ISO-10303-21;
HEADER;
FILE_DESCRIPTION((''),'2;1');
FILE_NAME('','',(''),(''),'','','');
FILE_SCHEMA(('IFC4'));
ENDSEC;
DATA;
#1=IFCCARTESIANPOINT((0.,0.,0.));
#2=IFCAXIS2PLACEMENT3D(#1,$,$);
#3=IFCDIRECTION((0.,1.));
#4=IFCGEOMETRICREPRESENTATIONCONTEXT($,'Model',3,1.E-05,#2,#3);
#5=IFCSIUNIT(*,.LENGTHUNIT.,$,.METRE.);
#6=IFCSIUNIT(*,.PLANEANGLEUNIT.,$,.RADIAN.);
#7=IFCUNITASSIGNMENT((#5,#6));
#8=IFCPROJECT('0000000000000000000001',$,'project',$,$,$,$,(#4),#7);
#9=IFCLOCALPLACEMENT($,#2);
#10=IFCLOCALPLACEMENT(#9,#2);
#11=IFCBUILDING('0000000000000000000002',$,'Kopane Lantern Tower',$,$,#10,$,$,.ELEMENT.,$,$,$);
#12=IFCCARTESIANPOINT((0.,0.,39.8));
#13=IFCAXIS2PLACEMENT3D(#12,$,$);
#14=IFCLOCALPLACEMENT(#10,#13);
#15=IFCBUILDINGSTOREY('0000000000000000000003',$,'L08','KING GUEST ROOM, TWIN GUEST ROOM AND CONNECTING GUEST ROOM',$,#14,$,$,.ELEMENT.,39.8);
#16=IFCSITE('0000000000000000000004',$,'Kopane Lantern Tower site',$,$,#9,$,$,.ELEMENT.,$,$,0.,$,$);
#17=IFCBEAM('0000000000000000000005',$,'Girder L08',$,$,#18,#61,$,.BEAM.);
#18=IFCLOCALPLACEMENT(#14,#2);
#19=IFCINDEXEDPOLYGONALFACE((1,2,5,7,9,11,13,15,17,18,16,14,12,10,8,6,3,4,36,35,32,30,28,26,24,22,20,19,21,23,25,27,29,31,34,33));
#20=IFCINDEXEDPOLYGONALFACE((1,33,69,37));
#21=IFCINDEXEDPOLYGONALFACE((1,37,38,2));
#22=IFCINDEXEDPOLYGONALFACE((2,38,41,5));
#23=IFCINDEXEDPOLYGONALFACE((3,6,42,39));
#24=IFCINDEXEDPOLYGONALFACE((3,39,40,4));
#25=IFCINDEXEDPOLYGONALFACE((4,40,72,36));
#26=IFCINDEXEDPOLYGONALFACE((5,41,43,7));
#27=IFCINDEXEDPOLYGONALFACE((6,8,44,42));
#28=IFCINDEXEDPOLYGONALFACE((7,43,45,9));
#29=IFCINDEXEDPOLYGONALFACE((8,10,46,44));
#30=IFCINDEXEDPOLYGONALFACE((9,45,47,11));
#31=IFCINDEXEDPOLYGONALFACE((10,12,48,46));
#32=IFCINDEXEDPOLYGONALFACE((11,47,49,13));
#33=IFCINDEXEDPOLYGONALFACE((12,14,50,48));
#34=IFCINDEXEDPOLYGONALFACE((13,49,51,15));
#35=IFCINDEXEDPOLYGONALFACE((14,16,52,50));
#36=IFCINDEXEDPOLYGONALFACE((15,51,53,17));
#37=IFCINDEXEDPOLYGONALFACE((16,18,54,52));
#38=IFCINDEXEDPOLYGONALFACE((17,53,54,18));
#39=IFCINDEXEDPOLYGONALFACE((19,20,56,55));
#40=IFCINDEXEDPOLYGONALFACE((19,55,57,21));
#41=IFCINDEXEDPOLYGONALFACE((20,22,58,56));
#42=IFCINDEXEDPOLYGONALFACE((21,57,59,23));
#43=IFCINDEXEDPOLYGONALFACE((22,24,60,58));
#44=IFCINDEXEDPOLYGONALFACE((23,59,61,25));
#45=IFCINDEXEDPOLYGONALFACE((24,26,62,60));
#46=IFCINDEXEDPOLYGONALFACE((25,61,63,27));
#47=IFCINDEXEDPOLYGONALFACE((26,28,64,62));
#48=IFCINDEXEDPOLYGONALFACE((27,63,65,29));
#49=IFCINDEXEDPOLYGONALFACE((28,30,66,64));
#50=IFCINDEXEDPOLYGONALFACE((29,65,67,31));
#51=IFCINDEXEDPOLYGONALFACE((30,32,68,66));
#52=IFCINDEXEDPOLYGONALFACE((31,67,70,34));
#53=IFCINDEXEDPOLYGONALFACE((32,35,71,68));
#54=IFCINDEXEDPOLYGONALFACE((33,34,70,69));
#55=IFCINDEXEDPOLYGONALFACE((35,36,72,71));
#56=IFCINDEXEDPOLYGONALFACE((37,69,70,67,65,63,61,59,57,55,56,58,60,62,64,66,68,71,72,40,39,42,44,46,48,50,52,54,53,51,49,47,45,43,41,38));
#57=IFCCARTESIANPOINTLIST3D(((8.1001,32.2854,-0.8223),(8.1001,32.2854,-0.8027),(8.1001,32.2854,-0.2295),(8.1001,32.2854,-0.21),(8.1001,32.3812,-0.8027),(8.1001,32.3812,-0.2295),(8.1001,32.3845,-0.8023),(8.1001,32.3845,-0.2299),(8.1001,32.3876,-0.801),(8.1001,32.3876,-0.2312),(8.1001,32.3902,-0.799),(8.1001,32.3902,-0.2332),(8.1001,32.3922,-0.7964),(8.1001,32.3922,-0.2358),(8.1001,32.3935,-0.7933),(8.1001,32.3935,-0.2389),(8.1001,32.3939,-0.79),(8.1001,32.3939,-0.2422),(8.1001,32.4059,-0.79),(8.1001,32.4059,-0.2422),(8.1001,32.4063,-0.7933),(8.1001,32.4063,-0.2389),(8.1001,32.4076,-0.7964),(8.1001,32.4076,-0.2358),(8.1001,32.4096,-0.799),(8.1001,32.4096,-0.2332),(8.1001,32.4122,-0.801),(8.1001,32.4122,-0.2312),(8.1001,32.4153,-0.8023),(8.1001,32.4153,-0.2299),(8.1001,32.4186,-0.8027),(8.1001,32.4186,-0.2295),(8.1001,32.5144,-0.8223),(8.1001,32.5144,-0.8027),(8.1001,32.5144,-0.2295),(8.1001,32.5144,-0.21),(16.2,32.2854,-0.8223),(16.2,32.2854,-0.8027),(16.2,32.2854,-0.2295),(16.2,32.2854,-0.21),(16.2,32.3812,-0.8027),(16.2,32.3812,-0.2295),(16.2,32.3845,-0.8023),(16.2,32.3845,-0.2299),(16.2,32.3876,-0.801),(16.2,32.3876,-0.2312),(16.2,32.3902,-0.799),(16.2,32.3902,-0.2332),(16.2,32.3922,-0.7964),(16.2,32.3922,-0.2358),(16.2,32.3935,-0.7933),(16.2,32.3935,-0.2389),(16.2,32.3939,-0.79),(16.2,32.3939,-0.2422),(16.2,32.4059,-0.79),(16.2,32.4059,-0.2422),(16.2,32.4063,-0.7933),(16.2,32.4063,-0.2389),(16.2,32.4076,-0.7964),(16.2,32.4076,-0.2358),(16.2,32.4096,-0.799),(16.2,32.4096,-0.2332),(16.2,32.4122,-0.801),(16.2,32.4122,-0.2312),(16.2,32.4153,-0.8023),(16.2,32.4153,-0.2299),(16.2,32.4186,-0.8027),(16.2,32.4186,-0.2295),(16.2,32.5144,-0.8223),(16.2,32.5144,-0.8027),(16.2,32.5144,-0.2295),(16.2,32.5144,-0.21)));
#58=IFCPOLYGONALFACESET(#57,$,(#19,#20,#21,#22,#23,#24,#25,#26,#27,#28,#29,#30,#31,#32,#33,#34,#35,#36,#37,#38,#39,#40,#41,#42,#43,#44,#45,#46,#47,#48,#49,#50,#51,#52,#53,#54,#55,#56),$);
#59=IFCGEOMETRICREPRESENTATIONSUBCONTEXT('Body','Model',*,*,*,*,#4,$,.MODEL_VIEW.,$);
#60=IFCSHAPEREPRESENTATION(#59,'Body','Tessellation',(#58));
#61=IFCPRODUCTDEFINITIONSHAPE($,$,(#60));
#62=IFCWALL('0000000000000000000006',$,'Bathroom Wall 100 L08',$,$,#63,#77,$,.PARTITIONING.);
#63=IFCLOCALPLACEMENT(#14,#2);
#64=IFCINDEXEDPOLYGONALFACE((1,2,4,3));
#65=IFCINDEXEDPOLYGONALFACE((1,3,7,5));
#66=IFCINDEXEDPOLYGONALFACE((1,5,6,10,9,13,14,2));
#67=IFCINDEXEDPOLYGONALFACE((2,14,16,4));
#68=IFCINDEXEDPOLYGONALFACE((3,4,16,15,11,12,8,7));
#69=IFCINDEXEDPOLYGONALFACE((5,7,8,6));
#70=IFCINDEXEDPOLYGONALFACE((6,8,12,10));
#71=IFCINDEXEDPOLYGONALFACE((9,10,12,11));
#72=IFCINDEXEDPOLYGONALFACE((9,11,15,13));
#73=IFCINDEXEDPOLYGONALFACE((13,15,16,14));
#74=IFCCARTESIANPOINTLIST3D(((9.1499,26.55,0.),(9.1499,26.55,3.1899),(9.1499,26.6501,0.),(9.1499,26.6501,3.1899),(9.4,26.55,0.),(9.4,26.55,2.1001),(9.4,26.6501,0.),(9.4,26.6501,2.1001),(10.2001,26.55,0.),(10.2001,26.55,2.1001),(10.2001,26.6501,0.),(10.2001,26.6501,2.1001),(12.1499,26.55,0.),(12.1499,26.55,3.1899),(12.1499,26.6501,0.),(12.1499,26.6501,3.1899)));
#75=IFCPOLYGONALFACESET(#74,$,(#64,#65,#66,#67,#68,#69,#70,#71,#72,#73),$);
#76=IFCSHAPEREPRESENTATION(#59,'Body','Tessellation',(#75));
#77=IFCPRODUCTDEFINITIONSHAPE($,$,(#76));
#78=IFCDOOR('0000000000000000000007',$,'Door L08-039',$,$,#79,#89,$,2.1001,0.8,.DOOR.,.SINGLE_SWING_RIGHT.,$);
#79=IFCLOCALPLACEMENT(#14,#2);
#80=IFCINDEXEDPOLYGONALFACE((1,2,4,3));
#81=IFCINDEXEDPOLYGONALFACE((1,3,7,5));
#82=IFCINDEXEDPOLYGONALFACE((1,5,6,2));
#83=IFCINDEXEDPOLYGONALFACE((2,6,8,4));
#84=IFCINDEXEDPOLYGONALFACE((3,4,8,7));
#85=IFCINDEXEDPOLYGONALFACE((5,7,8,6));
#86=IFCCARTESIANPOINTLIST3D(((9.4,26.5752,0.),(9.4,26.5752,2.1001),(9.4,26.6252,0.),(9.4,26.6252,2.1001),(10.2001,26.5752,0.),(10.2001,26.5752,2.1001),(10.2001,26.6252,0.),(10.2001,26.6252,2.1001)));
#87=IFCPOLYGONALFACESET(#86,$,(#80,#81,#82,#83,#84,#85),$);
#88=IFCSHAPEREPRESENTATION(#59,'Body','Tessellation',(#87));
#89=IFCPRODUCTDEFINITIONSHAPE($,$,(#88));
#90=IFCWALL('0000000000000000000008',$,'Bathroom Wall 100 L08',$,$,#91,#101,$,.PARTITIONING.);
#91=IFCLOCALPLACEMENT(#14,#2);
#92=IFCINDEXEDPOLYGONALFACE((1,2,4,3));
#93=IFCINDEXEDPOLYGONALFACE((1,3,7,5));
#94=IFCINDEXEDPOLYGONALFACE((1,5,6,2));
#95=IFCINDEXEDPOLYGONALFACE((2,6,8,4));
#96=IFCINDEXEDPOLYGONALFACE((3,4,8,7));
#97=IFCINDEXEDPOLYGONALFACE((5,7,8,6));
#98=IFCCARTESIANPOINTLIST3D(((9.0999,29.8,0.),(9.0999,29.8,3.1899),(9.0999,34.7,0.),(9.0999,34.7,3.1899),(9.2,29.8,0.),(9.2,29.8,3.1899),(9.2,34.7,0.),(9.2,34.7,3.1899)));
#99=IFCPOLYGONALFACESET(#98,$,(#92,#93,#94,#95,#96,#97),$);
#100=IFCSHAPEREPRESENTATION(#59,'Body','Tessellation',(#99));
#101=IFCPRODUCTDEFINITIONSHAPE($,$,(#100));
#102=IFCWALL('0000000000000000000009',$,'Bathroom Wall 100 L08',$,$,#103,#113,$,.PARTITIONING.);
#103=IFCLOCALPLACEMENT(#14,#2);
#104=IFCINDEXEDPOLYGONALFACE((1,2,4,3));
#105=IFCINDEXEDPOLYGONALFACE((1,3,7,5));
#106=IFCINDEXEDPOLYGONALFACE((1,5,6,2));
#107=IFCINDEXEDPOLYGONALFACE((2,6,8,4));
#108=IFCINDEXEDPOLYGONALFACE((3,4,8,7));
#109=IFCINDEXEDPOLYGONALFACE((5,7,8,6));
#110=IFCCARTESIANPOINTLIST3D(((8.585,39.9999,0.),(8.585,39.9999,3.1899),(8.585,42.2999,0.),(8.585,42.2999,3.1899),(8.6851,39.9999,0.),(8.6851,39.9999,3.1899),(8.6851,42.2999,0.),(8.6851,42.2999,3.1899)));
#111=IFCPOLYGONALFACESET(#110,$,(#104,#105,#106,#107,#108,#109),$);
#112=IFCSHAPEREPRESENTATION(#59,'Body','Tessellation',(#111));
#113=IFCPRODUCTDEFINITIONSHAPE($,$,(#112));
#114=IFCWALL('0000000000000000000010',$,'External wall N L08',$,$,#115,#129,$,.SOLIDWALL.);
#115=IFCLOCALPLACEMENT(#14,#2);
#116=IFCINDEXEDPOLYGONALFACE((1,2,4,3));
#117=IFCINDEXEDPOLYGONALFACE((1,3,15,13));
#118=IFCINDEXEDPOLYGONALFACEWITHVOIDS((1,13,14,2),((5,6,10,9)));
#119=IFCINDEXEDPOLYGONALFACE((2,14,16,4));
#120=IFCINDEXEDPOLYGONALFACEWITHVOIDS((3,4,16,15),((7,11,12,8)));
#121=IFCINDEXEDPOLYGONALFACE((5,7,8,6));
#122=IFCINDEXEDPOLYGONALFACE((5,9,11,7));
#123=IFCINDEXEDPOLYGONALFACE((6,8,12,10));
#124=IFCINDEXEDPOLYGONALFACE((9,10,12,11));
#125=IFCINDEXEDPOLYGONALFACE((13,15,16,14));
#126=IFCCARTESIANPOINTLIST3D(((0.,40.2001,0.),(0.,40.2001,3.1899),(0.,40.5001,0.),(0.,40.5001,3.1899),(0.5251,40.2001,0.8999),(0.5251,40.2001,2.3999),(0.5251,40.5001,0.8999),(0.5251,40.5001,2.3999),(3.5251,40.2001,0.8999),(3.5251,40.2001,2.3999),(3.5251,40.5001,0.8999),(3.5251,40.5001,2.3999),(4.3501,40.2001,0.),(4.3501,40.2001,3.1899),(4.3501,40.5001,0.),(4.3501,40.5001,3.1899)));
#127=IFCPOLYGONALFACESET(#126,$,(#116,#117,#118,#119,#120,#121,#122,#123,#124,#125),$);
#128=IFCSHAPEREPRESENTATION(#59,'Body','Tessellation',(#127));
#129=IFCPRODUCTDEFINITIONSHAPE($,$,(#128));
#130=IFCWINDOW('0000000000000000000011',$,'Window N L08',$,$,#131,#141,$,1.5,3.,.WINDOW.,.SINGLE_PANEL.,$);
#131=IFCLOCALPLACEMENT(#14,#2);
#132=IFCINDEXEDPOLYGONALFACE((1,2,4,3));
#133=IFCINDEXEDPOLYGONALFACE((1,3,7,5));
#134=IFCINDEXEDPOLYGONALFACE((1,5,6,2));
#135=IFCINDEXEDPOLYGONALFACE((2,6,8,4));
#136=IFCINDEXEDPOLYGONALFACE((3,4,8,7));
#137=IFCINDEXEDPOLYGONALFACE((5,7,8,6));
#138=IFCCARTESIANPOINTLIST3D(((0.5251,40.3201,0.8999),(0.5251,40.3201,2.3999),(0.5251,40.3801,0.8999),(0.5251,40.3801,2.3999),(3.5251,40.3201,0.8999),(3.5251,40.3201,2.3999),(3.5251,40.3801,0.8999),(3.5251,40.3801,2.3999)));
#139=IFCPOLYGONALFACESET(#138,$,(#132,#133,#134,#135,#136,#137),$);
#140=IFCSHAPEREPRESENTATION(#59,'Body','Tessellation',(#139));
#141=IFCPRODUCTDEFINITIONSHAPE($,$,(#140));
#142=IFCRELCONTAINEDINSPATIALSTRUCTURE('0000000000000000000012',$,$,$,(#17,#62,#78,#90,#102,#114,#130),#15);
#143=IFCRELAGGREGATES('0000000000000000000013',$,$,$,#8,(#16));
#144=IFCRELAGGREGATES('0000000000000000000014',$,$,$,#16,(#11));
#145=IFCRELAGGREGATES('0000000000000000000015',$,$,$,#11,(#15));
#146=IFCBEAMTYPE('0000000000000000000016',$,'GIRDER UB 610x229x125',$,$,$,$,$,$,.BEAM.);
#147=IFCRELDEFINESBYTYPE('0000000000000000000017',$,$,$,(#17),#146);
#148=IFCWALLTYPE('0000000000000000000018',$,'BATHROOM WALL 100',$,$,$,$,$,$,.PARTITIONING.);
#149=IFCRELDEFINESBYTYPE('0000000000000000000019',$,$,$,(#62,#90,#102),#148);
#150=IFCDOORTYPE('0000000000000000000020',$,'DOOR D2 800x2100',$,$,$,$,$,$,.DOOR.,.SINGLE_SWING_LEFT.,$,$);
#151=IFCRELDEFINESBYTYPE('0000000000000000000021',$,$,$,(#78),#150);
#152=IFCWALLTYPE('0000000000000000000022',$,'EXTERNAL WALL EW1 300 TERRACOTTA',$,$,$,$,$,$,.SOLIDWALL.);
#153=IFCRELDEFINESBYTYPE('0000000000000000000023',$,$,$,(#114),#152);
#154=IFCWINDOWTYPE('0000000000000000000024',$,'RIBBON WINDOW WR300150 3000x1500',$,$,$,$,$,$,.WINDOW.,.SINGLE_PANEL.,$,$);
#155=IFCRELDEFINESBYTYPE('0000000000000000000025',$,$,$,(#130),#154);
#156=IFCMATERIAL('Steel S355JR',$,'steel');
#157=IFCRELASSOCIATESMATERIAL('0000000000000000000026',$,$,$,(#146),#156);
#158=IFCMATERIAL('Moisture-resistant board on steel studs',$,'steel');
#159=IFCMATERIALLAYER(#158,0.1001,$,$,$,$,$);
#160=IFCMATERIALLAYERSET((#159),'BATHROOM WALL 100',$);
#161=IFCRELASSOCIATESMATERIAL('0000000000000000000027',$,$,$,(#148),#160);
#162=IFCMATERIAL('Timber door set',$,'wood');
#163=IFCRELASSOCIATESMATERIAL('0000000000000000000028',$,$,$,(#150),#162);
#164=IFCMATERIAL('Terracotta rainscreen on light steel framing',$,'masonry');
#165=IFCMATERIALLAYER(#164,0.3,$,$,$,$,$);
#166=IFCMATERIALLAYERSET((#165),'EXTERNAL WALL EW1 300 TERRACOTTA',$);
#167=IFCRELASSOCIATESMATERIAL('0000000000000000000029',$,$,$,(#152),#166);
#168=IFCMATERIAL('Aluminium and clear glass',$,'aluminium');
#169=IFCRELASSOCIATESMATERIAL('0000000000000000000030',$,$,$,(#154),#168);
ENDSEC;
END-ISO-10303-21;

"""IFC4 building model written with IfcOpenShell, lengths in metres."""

from ifc_helpers import new_model, si_unit, direction, frame, frame_2d, origin, origin_2d, place, context, subcontext, project, spatial, rectangle, i_section, extrude, material, layer, layer_set, material_profile, profile_set, type_object, element, fill, save


model = new_model("IFC4")

# Units and contexts
model_context = context("Model", 3, precision=1e-05, world=origin(), true_north=direction((0.0, 1.0)))
body_context = subcontext(model_context, "Body", "Model", "MODEL_VIEW")
ifc_project = project(units=[si_unit("LENGTHUNIT", "METRE"), si_unit("PLANEANGLEUNIT", "RADIAN")], contexts=[model_context])

# Site, building, storey
site_placement = place(None, origin())
site = spatial("IfcSite", under=ifc_project, at=site_placement, Name="Kopane Lantern Tower site", CompositionType="ELEMENT", RefElevation=0.0)
building_placement = place(site_placement, origin())
building = spatial("IfcBuilding", under=site, at=building_placement, Name="Kopane Lantern Tower", CompositionType="ELEMENT")
storey_placement = place(building_placement, frame((0.0, 0.0, 39.8)))
storey = spatial("IfcBuildingStorey", under=building, at=storey_placement, Name="L08", Description="KING GUEST ROOM, TWIN GUEST ROOM AND CONNECTING GUEST ROOM", CompositionType="ELEMENT", Elevation=39.8)

# Beam
ifc_material_1 = material(Name="Steel S355JR", Category="steel")
ifc_material_profile_1 = material_profile(ifc_material_1, i_section(OverallWidth=0.229, OverallDepth=0.6123, WebThickness=0.012, FlangeThickness=0.0195, FilletRadius=0.0127, at=origin_2d()), Name="UB 610x229x125")
ifc_profile_set_1 = profile_set([ifc_material_profile_1], Name="Steel S355JR")
beam_type = type_object("IfcBeamType", Name="GIRDER UB 610x229x125", PredefinedType="BEAM", material=ifc_profile_set_1)
beam_placement = place(storey_placement, frame((8.1001, 32.3999, -0.5161), z_axis=(1.0, 0.0, 0.0), x_axis=(0.0, 1.0, 0.0)))
element("IfcBeam", 1, at=beam_placement, inside=storey, type_object=beam_type, Name="Girder L08", PredefinedType="BEAM", context=body_context, shape_type="SweptSolid", body=[
    extrude(i_section(OverallWidth=0.229, OverallDepth=0.6123, WebThickness=0.012, FlangeThickness=0.0195, FilletRadius=0.0127, at=origin_2d()), origin(), (0.0, 0.0, 1.0), 8.0999),
])

# Wall, opening, door
ifc_material_2 = material(Name="Moisture-resistant board on steel studs", Category="steel")
ifc_layer_1 = layer(ifc_material_2, 0.1001)
ifc_layer_set_1 = layer_set([ifc_layer_1], Name="BATHROOM WALL 100")
wall_type_1 = type_object("IfcWallType", Name="BATHROOM WALL 100", PredefinedType="PARTITIONING", material=ifc_layer_set_1)
wall_1_placement = place(storey_placement, frame((12.1499, 26.6001, 0.0), z_axis=(0.0, 0.0, 1.0), x_axis=(-1.0, 0.0, 0.0)))
wall_1 = element("IfcWall", 2, at=wall_1_placement, inside=storey, type_object=wall_type_1, Name="Bathroom Wall 100 L08", PredefinedType="PARTITIONING", context=body_context, shape_type="SweptSolid", body=[
    extrude(rectangle(XDim=3.0, YDim=0.1001, at=frame_2d((1.5, 0.0))), origin(), (0.0, 0.0, 1.0), 3.1899),
])
opening_1_placement = place(wall_1_placement, frame((1.95, 0.0, 0.0)))
opening_1 = element("IfcOpeningElement", 3, at=opening_1_placement, cuts=wall_1, PredefinedType="OPENING", context=body_context, shape_type="SweptSolid", body=[
    extrude(rectangle(XDim=0.8, YDim=2.1001, at=frame_2d((0.3999, 1.05))), frame((0.0, 0.0601, 0.0), z_axis=(0.0, -1.0, 0.0), x_axis=(1.0, 0.0, 0.0)), (0.0, 0.0, 1.0), 0.1201),
])
ifc_material_3 = material(Name="Timber door set", Category="wood")
door_type = type_object("IfcDoorType", Name="DOOR D2 800x2100", OperationType="SINGLE_SWING_LEFT", PredefinedType="DOOR", material=ifc_material_3)
door_placement = place(opening_1_placement, origin())
door = element("IfcDoor", 4, at=door_placement, inside=storey, type_object=door_type, Name="Door L08-039", OperationType="SINGLE_SWING_RIGHT", OverallHeight=2.1001, OverallWidth=0.8, PredefinedType="DOOR", context=body_context, shape_type="SweptSolid", body=[
    extrude(rectangle(XDim=0.8, YDim=2.1001, at=frame_2d((0.3999, 1.05))), frame((0.0, 0.0249, 0.0), z_axis=(0.0, -1.0, 0.0), x_axis=(1.0, 0.0, 0.0)), (0.0, 0.0, 1.0), 0.05),
])
fill(opening_1, door)

# Walls
wall_2_placement = place(storey_placement, frame((9.1499, 29.8, 0.0), z_axis=(0.0, 0.0, 1.0), x_axis=(0.0, 1.0, 0.0)))
element("IfcWall", 5, at=wall_2_placement, inside=storey, type_object=wall_type_1, Name="Bathroom Wall 100 L08", PredefinedType="PARTITIONING", context=body_context, shape_type="SweptSolid", body=[
    extrude(rectangle(XDim=4.8999, YDim=0.1001, at=frame_2d((2.45, 0.0))), origin(), (0.0, 0.0, 1.0), 3.1899),
])
wall_3_placement = place(storey_placement, frame((8.635, 40.0, 0.0), z_axis=(0.0, 0.0, 1.0), x_axis=(0.0, 1.0, 0.0)))
element("IfcWall", 6, at=wall_3_placement, inside=storey, type_object=wall_type_1, Name="Bathroom Wall 100 L08", PredefinedType="PARTITIONING", context=body_context, shape_type="SweptSolid", body=[
    extrude(rectangle(XDim=2.3, YDim=0.1001, at=frame_2d((1.1499, 0.0))), origin(), (0.0, 0.0, 1.0), 3.1899),
])

# Wall, opening, window
ifc_material_4 = material(Name="Terracotta rainscreen on light steel framing", Category="masonry")
ifc_layer_2 = layer(ifc_material_4, 0.3)
ifc_layer_set_2 = layer_set([ifc_layer_2], Name="EXTERNAL WALL EW1 300 TERRACOTTA")
wall_type_2 = type_object("IfcWallType", Name="EXTERNAL WALL EW1 300 TERRACOTTA", PredefinedType="SOLIDWALL", material=ifc_layer_set_2)
wall_4_placement = place(storey_placement, frame((4.3501, 40.3501, 0.0), z_axis=(0.0, 0.0, 1.0), x_axis=(-1.0, 0.0, 0.0)))
wall_4 = element("IfcWall", 7, at=wall_4_placement, inside=storey, type_object=wall_type_2, Name="External wall N L08", PredefinedType="SOLIDWALL", context=body_context, shape_type="SweptSolid", body=[
    extrude(rectangle(XDim=4.3501, YDim=0.3, at=frame_2d((2.175, 0.0))), origin(), (0.0, 0.0, 1.0), 3.1899),
])
opening_2_placement = place(wall_4_placement, frame((0.825, 0.0, 0.8999)))
opening_2 = element("IfcOpeningElement", 8, at=opening_2_placement, cuts=wall_4, PredefinedType="OPENING", context=body_context, shape_type="SweptSolid", body=[
    extrude(rectangle(XDim=3.0, YDim=1.5, at=frame_2d((1.5, 0.75))), frame((0.0, 0.1599, 0.0), z_axis=(0.0, -1.0, 0.0), x_axis=(1.0, 0.0, 0.0)), (0.0, 0.0, 1.0), 0.3201),
])
ifc_material_5 = material(Name="Aluminium and clear glass", Category="aluminium")
window_type_1 = type_object("IfcWindowType", Name="RIBBON WINDOW WR300150 3000x1500", PartitioningType="SINGLE_PANEL", PredefinedType="WINDOW", material=ifc_material_5)
window_1_placement = place(opening_2_placement, origin())
window_1 = element("IfcWindow", 9, at=window_1_placement, inside=storey, type_object=window_type_1, Name="Window N L08", OverallHeight=1.5, OverallWidth=3.0, PartitioningType="SINGLE_PANEL", PredefinedType="WINDOW", context=body_context, shape_type="SweptSolid", body=[
    extrude(rectangle(XDim=3.0, YDim=1.5, at=frame_2d((1.5, 0.75))), frame((0.0, 0.03, 0.0), z_axis=(0.0, -1.0, 0.0), x_axis=(1.0, 0.0, 0.0)), (0.0, 0.0, 1.0), 0.0601),
])
fill(opening_2, window_1)

save(model, "model.ifc")
